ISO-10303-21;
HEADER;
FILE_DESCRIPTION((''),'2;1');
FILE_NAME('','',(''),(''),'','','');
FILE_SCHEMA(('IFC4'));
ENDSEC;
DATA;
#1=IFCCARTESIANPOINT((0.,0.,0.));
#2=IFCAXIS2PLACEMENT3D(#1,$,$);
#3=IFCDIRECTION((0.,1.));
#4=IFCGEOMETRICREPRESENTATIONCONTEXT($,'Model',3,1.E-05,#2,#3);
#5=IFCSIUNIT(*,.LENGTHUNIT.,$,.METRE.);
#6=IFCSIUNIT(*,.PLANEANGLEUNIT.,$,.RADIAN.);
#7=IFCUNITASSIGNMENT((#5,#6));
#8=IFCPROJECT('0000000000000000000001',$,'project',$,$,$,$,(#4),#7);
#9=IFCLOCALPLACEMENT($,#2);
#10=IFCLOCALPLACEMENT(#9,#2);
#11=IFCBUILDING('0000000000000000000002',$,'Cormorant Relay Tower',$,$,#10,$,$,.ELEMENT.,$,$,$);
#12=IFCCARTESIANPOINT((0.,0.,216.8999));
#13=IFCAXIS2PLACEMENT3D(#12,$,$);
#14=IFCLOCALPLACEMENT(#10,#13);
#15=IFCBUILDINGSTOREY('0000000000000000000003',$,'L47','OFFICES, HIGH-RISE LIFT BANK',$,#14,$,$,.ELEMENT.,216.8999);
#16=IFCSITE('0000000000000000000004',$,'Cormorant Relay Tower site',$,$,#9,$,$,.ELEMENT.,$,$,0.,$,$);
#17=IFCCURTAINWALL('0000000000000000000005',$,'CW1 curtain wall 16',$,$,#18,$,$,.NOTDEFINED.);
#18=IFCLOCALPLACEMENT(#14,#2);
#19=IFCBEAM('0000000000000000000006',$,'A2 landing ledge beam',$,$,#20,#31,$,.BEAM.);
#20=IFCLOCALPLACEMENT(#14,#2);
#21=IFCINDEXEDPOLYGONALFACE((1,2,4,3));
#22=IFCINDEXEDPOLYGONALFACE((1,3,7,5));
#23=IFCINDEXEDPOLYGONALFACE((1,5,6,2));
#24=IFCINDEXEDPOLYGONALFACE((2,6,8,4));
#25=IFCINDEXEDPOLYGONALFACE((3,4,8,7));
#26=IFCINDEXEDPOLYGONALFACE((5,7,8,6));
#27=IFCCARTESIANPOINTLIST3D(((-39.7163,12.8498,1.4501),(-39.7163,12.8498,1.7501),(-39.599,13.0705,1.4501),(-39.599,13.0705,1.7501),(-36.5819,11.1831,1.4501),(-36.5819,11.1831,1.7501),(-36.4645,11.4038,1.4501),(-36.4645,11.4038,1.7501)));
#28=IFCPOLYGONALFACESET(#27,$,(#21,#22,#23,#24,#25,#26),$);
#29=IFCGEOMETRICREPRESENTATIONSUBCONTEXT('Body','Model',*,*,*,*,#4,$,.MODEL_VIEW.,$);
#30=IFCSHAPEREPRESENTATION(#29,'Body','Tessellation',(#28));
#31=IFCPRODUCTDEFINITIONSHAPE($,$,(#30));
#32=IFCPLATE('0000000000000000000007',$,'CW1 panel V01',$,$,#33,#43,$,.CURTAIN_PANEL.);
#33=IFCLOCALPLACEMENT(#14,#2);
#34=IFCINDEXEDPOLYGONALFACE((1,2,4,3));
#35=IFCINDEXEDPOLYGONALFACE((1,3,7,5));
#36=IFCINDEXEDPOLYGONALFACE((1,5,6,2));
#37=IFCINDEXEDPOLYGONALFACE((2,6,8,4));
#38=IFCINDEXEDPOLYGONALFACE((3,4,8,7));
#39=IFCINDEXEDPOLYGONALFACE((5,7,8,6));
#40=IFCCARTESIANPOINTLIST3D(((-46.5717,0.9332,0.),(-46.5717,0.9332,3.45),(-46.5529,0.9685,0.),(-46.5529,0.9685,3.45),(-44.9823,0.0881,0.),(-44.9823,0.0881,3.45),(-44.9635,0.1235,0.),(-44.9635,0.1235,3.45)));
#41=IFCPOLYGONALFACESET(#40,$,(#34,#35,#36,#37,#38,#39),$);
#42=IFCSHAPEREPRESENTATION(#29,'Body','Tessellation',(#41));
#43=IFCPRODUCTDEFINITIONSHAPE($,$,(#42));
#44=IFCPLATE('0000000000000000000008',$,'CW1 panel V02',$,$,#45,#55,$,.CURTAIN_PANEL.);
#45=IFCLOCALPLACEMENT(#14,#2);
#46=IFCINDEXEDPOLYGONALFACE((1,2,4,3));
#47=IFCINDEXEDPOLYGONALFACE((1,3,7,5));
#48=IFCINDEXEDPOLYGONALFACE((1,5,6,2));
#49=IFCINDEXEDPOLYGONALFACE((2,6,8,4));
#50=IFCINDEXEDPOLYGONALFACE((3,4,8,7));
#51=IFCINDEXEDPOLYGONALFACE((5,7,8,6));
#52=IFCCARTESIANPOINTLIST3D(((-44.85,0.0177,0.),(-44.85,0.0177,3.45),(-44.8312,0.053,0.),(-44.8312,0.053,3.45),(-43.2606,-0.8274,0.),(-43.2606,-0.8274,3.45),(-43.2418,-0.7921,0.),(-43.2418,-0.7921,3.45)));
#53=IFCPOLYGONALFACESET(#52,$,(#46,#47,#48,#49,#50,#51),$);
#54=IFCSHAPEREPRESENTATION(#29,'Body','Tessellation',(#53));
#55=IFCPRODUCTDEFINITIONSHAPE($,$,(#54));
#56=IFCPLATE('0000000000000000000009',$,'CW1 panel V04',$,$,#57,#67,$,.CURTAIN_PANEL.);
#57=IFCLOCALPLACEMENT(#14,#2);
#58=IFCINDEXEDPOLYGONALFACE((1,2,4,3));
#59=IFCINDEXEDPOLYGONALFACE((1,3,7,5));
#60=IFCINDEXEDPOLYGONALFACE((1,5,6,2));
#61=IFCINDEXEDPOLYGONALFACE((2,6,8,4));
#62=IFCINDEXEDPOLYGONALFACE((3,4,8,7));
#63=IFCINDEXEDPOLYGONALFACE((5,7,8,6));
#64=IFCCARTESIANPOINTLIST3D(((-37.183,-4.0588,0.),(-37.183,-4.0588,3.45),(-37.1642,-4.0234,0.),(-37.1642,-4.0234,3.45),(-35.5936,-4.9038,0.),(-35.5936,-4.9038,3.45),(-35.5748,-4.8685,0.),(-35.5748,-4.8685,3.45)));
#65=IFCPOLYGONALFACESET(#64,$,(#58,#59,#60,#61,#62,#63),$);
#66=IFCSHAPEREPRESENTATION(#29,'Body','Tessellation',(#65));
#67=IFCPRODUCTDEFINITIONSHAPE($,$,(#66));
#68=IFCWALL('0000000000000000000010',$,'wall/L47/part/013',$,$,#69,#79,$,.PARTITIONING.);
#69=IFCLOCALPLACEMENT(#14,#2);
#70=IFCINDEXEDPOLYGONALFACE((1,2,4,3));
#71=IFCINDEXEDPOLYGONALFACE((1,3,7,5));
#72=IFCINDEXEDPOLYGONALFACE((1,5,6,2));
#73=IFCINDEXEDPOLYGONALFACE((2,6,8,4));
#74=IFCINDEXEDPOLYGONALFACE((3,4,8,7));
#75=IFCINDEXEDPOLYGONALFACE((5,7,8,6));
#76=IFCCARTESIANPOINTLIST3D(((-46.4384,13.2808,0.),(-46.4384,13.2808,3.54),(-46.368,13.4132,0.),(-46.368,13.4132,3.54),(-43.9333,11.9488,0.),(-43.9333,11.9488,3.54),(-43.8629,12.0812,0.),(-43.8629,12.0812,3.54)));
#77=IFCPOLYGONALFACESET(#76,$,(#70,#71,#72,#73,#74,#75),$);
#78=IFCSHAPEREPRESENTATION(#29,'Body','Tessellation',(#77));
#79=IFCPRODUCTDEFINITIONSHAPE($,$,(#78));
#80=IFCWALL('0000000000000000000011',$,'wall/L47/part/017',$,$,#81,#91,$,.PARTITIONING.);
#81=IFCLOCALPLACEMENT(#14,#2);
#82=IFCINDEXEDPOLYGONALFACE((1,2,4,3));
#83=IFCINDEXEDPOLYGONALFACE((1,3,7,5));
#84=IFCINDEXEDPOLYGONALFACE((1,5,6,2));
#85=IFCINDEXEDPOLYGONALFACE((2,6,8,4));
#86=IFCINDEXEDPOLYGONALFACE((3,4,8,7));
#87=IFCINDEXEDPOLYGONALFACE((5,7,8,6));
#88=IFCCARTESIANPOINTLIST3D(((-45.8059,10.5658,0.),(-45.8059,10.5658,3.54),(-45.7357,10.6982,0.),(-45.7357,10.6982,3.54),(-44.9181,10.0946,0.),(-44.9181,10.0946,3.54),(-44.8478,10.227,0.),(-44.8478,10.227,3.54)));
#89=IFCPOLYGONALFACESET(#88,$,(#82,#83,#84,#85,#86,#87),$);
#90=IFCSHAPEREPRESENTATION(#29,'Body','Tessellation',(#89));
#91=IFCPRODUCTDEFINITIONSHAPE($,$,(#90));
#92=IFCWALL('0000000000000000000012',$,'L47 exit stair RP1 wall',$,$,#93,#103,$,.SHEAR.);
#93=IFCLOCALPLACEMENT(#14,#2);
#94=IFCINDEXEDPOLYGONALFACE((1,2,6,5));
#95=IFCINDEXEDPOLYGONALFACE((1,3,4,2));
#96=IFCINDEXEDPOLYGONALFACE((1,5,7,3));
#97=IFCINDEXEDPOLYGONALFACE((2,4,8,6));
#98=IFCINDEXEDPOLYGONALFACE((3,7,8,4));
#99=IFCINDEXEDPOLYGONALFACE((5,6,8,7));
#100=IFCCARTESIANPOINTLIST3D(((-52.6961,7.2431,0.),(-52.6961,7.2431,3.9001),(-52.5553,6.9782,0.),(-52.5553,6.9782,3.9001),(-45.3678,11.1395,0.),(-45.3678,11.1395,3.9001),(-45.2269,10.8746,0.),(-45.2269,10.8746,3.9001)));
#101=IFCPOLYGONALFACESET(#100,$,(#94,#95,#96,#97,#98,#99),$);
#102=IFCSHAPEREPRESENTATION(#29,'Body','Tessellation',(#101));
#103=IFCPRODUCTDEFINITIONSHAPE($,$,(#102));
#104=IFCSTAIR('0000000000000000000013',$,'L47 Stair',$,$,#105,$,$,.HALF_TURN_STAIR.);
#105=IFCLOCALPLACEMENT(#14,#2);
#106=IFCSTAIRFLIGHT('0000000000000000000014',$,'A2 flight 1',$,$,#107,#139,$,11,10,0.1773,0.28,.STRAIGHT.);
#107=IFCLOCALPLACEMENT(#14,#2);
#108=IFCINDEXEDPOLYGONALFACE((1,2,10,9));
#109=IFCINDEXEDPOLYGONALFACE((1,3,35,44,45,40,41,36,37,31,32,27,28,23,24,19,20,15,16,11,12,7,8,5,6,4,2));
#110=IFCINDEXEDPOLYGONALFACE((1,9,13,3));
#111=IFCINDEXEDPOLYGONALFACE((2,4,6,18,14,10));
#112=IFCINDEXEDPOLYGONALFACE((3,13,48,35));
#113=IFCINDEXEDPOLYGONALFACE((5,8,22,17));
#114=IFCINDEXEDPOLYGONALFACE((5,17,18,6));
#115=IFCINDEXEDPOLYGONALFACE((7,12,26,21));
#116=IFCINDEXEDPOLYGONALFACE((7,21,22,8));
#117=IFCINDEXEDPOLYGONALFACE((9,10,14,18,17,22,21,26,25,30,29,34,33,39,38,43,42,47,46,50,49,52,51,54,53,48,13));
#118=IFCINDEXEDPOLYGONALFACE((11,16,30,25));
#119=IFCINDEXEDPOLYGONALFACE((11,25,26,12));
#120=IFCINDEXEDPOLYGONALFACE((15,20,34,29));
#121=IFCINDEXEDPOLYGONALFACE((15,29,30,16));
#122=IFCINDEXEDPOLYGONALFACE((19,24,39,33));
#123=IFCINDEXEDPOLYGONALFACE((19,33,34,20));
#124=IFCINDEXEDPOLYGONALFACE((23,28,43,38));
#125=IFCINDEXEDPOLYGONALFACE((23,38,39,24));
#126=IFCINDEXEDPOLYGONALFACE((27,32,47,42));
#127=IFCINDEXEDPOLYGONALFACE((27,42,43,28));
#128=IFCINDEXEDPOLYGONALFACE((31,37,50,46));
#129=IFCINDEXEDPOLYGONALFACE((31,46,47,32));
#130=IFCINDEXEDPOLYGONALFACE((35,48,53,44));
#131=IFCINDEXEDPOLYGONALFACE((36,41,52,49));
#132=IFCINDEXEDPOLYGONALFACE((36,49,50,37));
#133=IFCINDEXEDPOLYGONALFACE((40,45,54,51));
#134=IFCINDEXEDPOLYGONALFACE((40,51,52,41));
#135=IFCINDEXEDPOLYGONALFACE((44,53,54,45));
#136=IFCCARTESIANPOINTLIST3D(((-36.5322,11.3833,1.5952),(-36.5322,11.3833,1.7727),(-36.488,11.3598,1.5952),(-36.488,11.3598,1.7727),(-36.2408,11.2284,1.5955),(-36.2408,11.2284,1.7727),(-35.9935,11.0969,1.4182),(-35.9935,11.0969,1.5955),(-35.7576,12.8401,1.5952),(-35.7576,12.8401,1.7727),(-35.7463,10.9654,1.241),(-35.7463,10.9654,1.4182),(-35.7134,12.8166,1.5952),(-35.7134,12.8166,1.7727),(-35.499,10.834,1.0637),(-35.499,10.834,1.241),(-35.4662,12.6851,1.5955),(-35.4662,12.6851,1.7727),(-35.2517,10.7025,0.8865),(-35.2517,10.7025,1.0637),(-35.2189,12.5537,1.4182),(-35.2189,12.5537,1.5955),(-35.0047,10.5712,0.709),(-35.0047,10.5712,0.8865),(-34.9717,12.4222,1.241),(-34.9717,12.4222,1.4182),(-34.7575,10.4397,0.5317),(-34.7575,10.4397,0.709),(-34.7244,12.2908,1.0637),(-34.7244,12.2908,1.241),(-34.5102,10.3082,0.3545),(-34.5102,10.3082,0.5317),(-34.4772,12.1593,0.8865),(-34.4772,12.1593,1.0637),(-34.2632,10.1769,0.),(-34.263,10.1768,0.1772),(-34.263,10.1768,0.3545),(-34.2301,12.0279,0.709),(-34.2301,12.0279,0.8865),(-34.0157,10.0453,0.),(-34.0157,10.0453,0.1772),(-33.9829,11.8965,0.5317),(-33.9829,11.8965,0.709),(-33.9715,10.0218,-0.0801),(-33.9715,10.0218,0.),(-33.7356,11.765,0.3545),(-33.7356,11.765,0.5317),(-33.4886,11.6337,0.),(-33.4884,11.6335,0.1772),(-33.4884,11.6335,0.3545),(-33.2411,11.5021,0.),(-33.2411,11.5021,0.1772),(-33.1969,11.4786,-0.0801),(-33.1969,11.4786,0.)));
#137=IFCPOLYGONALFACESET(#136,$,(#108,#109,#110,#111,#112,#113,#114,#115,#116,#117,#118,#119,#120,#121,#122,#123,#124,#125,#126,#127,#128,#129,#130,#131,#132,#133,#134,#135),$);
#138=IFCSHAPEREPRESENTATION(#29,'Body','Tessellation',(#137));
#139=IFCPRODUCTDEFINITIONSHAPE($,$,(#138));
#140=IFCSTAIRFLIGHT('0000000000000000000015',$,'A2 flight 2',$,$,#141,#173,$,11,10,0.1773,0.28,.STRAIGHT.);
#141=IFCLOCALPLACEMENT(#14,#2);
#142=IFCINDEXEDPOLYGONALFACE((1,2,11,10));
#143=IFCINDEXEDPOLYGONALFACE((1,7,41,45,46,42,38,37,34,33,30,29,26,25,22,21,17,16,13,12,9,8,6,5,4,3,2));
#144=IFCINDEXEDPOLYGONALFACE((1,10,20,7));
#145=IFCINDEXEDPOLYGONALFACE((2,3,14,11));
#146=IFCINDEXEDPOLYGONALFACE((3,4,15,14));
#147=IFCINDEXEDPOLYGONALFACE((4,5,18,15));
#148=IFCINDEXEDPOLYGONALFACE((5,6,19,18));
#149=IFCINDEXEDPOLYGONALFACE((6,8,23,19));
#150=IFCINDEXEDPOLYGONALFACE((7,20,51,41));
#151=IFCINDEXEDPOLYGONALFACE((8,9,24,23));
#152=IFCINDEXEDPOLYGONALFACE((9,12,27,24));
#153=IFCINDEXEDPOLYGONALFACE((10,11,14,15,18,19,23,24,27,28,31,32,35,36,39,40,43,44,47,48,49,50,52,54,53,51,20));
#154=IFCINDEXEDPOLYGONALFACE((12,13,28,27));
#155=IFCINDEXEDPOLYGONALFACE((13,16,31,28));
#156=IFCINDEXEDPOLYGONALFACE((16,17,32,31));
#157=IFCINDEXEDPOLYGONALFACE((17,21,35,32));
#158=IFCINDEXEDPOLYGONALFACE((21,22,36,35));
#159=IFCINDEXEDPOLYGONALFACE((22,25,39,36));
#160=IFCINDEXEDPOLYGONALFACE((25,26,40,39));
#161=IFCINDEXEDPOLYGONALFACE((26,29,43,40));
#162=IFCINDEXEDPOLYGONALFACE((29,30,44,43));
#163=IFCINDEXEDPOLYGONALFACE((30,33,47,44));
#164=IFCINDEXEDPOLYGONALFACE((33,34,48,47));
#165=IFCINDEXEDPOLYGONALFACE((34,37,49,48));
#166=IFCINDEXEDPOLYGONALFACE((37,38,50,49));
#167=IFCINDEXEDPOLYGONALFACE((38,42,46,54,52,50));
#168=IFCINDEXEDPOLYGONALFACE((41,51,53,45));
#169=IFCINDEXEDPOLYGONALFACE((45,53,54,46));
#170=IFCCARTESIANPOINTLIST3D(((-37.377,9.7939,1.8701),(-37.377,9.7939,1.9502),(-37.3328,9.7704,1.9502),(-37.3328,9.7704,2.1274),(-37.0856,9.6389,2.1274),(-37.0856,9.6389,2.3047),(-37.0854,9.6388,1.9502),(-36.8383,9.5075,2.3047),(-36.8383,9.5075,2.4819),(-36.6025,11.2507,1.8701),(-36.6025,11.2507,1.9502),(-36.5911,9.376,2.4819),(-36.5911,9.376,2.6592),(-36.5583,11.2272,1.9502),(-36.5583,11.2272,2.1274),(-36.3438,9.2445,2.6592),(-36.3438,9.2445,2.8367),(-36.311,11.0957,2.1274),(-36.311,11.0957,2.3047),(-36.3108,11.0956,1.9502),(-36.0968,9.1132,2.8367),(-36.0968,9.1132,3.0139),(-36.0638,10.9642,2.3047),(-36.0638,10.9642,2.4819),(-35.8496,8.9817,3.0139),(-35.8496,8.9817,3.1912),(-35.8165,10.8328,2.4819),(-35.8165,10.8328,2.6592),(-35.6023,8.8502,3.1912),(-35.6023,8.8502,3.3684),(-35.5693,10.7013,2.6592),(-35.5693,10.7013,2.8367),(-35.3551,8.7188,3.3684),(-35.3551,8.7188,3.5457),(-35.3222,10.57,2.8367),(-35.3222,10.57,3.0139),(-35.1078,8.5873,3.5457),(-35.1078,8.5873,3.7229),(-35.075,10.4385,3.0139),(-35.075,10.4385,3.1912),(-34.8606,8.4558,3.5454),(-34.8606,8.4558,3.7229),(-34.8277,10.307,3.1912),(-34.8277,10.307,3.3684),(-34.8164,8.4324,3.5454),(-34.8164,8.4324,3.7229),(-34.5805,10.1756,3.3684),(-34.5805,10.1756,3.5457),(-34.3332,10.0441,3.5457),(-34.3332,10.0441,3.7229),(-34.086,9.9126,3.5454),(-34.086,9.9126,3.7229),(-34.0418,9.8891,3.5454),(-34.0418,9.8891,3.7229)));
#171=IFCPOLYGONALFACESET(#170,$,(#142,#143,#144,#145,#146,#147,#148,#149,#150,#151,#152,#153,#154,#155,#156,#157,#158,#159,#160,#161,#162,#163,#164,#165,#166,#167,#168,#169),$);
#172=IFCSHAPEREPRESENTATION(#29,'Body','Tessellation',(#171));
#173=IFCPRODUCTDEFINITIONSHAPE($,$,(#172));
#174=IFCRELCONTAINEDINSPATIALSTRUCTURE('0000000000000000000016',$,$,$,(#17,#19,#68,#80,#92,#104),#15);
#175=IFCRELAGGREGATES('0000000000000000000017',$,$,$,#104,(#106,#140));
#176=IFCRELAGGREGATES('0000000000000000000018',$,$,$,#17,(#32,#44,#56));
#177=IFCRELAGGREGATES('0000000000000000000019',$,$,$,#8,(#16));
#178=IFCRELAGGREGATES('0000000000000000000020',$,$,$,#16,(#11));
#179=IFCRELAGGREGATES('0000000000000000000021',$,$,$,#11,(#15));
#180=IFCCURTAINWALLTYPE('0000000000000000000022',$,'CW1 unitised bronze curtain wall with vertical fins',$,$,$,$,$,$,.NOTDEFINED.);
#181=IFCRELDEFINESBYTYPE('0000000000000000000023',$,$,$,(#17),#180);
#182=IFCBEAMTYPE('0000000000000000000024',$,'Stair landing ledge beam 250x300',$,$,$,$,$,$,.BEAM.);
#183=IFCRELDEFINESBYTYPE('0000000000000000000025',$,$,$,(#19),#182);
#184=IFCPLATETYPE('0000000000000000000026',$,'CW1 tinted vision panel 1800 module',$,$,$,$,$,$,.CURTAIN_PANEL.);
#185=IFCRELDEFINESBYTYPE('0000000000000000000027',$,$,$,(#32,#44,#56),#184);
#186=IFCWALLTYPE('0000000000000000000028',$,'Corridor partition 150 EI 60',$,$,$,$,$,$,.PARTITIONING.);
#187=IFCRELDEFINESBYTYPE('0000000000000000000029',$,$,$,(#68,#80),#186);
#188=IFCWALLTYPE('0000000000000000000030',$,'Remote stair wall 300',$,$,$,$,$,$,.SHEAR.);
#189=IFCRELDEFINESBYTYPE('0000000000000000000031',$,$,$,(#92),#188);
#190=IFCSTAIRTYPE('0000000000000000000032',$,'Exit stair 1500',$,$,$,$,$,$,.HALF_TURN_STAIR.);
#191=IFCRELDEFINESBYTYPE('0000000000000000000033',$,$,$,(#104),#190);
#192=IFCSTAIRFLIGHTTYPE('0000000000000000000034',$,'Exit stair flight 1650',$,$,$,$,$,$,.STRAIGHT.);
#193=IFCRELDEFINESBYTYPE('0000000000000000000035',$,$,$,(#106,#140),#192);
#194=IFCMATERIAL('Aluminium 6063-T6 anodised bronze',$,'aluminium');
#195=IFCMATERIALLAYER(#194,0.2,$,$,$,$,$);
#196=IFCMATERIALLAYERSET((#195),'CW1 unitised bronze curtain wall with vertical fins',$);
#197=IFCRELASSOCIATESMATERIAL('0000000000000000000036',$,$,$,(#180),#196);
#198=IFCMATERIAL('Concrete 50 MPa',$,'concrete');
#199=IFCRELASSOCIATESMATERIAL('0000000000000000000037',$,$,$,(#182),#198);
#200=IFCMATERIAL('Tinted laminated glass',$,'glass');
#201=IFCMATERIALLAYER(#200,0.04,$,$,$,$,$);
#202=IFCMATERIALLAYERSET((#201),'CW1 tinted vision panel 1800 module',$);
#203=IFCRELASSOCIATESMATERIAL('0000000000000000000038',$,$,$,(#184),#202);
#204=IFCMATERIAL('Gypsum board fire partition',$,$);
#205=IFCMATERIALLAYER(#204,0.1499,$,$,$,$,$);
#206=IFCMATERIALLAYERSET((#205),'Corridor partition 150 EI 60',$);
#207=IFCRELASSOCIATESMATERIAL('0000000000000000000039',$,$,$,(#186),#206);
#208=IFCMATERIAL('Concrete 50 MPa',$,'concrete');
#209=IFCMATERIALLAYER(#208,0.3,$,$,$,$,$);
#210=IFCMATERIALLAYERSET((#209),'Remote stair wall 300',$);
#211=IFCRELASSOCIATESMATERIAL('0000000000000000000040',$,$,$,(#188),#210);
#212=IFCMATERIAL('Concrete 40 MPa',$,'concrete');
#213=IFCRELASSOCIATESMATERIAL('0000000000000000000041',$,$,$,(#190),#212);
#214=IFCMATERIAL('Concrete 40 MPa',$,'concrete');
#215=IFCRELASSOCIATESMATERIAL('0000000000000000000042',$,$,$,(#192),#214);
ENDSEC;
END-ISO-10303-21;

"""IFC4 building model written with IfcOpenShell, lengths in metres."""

from ifc_helpers import new_model, si_unit, direction, frame, frame_2d, origin, origin_2d, place, context, subcontext, project, spatial, polyline, rectangle, outline, extrude, material, layer, layer_set, material_profile, profile_set, type_object, element, aggregate, save


model = new_model("IFC4")

# Units and contexts
model_context = context("Model", 3, precision=1e-05, world=origin(), true_north=direction((0.0, 1.0)))
body_context = subcontext(model_context, "Body", "Model", "MODEL_VIEW")
ifc_project = project(units=[si_unit("LENGTHUNIT", "METRE"), si_unit("PLANEANGLEUNIT", "RADIAN")], contexts=[model_context])

# Site, building, storey
site_placement = place(None, origin())
site = spatial("IfcSite", under=ifc_project, at=site_placement, Name="Cormorant Relay Tower site", CompositionType="ELEMENT", RefElevation=0.0)
building_placement = place(site_placement, origin())
building = spatial("IfcBuilding", under=site, at=building_placement, Name="Cormorant Relay Tower", CompositionType="ELEMENT")
storey_placement = place(building_placement, frame((0.0, 0.0, 216.8999)))
storey = spatial("IfcBuildingStorey", under=building, at=storey_placement, Name="L47", Description="OFFICES, HIGH-RISE LIFT BANK", CompositionType="ELEMENT", Elevation=216.8999)

# Curtain wall
ifc_material_1 = material(Name="Aluminium 6063-T6 anodised bronze", Category="aluminium")
ifc_layer_1 = layer(ifc_material_1, 0.2)
ifc_layer_set_1 = layer_set([ifc_layer_1], Name="CW1 unitised bronze curtain wall with vertical fins")
curtain_wall_type = type_object("IfcCurtainWallType", Name="CW1 unitised bronze curtain wall with vertical fins", PredefinedType="NOTDEFINED", material=ifc_layer_set_1)
curtain_wall_placement = place(storey_placement, origin())
curtain_wall = element("IfcCurtainWall", 1, at=curtain_wall_placement, inside=storey, type_object=curtain_wall_type, Name="CW1 curtain wall 16", PredefinedType="NOTDEFINED")

# Beam
ifc_material_2 = material(Name="Concrete 50 MPa", Category="concrete")
ifc_material_profile_1 = material_profile(ifc_material_2, rectangle(XDim=0.25, YDim=0.3, at=origin_2d()), Name="RC 250x300")
ifc_profile_set_1 = profile_set([ifc_material_profile_1], Name="Concrete 50 MPa")
beam_type_1 = type_object("IfcBeamType", Name="Stair landing ledge beam 250x300", PredefinedType="BEAM", material=ifc_profile_set_1)
beam_1_placement = place(storey_placement, frame((-36.5232, 11.2935, 1.6001), z_axis=(-0.882937, 0.469492, 0.0), x_axis=(-0.469492, -0.882937, 0.0)))
element("IfcBeam", 2, at=beam_1_placement, inside=storey, type_object=beam_type_1, Name="A2 landing ledge beam", PredefinedType="BEAM", context=body_context, shape_type="SweptSolid", body=[
    extrude(rectangle(XDim=0.25, YDim=0.3, at=origin_2d()), origin(), (0.0, 0.0, 1.0), 3.55),
])

# Plates
ifc_material_3 = material(Name="Tinted laminated glass", Category="glass")
ifc_layer_2 = layer(ifc_material_3, 0.04)
ifc_layer_set_2 = layer_set([ifc_layer_2], Name="CW1 tinted vision panel 1800 module")
plate_type = type_object("IfcPlateType", Name="CW1 tinted vision panel 1800 module", PredefinedType="CURTAIN_PANEL", material=ifc_layer_set_2)
plate_1_placement = place(storey_placement, frame((-45.7676, 0.5283, 0.0), z_axis=(0.0, 0.0, 1.0), x_axis=(0.882948, -0.469472, 0.0)))
plate_1 = element("IfcPlate", 3, at=plate_1_placement, type_object=plate_type, Name="CW1 panel V01", PredefinedType="CURTAIN_PANEL", context=body_context, shape_type="SweptSolid", body=[
    extrude(rectangle(XDim=1.8, YDim=0.04, at=origin_2d()), origin(), (0.0, 0.0, 1.0), 3.45),
])
plate_2_placement = place(storey_placement, frame((-44.0459, -0.3872, 0.0), z_axis=(0.0, 0.0, 1.0), x_axis=(0.882948, -0.469472, 0.0)))
plate_2 = element("IfcPlate", 4, at=plate_2_placement, type_object=plate_type, Name="CW1 panel V02", PredefinedType="CURTAIN_PANEL", context=body_context, shape_type="SweptSolid", body=[
    extrude(rectangle(XDim=1.8, YDim=0.04, at=origin_2d()), origin(), (0.0, 0.0, 1.0), 3.45),
])
plate_3_placement = place(storey_placement, frame((-36.3789, -4.4636, 0.0), z_axis=(0.0, 0.0, 1.0), x_axis=(0.882948, -0.469472, 0.0)))
plate_3 = element("IfcPlate", 5, at=plate_3_placement, type_object=plate_type, Name="CW1 panel V04", PredefinedType="CURTAIN_PANEL", context=body_context, shape_type="SweptSolid", body=[
    extrude(rectangle(XDim=1.8, YDim=0.04, at=origin_2d()), origin(), (0.0, 0.0, 1.0), 3.45),
])

# Walls
ifc_material_4 = material(Name="Gypsum board fire partition")
ifc_layer_3 = layer(ifc_material_4, 0.1499)
ifc_layer_set_3 = layer_set([ifc_layer_3], Name="Corridor partition 150 EI 60")
wall_type_1 = type_object("IfcWallType", Name="Corridor partition 150 EI 60", PredefinedType="PARTITIONING", material=ifc_layer_set_3)
wall_1_placement = place(storey_placement, frame((-46.4031, 13.3469, 0.0), z_axis=(0.0, 0.0, 1.0), x_axis=(0.882943, -0.46948, 0.0)))
element("IfcWall", 6, at=wall_1_placement, inside=storey, type_object=wall_type_1, Name="wall/L47/part/013", PredefinedType="PARTITIONING", context=body_context, shape_type="SweptSolid", body=[
    extrude(rectangle(XDim=2.8372, YDim=0.1499, at=frame_2d((1.4185, 0.0))), origin(), (0.0, 0.0, 1.0), 3.54),
])
wall_2_placement = place(storey_placement, frame((-44.8831, 10.1609, 0.0), z_axis=(0.0, 0.0, 1.0), x_axis=(-0.883333, 0.468747, 0.0)))
element("IfcWall", 7, at=wall_2_placement, inside=storey, type_object=wall_type_1, Name="wall/L47/part/017", PredefinedType="PARTITIONING", context=body_context, shape_type="SweptSolid", body=[
    extrude(rectangle(XDim=1.0051, YDim=0.1499, at=frame_2d((0.5024, 0.0))), origin(), (0.0, 0.0, 1.0), 3.54),
])
ifc_material_5 = material(Name="Concrete 50 MPa", Category="concrete")
ifc_layer_4 = layer(ifc_material_5, 0.3)
ifc_layer_set_4 = layer_set([ifc_layer_4], Name="Remote stair wall 300")
wall_type_2 = type_object("IfcWallType", Name="Remote stair wall 300", PredefinedType="SHEAR", material=ifc_layer_set_4)
wall_3_placement = place(storey_placement, frame((-45.2974, 11.0071, 0.0), z_axis=(0.0, 0.0, 1.0), x_axis=(-0.882952, -0.469464, 0.0)))
element("IfcWall", 8, at=wall_3_placement, inside=storey, type_object=wall_type_2, Name="L47 exit stair RP1 wall", PredefinedType="SHEAR", context=body_context, shape_type="SweptSolid", body=[
    extrude(rectangle(XDim=8.2998, YDim=0.3, at=frame_2d((4.1499, 0.0))), origin(), (0.0, 0.0, 1.0), 3.9001),
])

# Stair, stair flights
ifc_material_6 = material(Name="Concrete 40 MPa", Category="concrete")
stair_type = type_object("IfcStairType", Name="Exit stair 1500", PredefinedType="HALF_TURN_STAIR", material=ifc_material_6)
stair_placement = place(storey_placement, origin())
stair = element("IfcStair", 9, at=stair_placement, inside=storey, type_object=stair_type, Name="L47 Stair", PredefinedType="HALF_TURN_STAIR")
ifc_material_7 = material(Name="Concrete 40 MPa", Category="concrete")
stair_flight_type = type_object("IfcStairFlightType", Name="Exit stair flight 1650", PredefinedType="STRAIGHT", material=ifc_material_7)
stair_flight_1_placement = place(storey_placement, frame((-33.6284, 10.7737, 0.0), z_axis=(0.0, 0.0, 1.0), x_axis=(-0.882948, 0.469472, 0.0)))
stair_flight_1 = element("IfcStairFlight", 10, at=stair_flight_1_placement, type_object=stair_flight_type, Name="A2 flight 1", NumberOfRisers=11, NumberOfTreads=10, PredefinedType="STRAIGHT", RiserHeight=0.1773, TreadLength=0.28, context=body_context, shape_type="SweptSolid", body=[
    extrude(outline(polyline([(-0.05, -0.0801), (-0.05, 0.0), (0.0, 0.0), (0.0, 0.1772), (0.28, 0.1772), (0.28, 0.3545), (0.5601, 0.3545), (0.5601, 0.5317), (0.8401, 0.5317), (0.8401, 0.709), (1.1201, 0.709), (1.1201, 0.8865), (1.3999, 0.8865), (1.3999, 1.0637), (1.6799, 1.0637), (1.6799, 1.241), (1.96, 1.241), (1.96, 1.4182), (2.24, 1.4182), (2.24, 1.5955), (2.52, 1.5955), (2.52, 1.7727), (2.8, 1.7727), (2.8501, 1.7727), (2.8501, 1.5952), (2.8, 1.5952), (0.2803, 0.0), (-0.05, -0.0801)])), frame((0.0, 0.825, 0.0), z_axis=(0.0, -1.0, 0.0), x_axis=(1.0, 0.0, 0.0)), (0.0, 0.0, 1.0), 1.6499),
])
stair_flight_2_placement = place(storey_placement, frame((-36.9456, 10.4988, 1.9502), z_axis=(0.0, 0.0, 1.0), x_axis=(0.882948, -0.469472, 0.0)))
stair_flight_2 = element("IfcStairFlight", 11, at=stair_flight_2_placement, type_object=stair_flight_type, Name="A2 flight 2", NumberOfRisers=11, NumberOfTreads=10, PredefinedType="STRAIGHT", RiserHeight=0.1773, TreadLength=0.28, context=body_context, shape_type="SweptSolid", body=[
    extrude(outline(polyline([(-0.05, -0.0801), (-0.05, 0.0), (0.0, 0.0), (0.0, 0.1772), (0.28, 0.1772), (0.28, 0.3545), (0.5601, 0.3545), (0.5601, 0.5317), (0.8401, 0.5317), (0.8401, 0.709), (1.1201, 0.709), (1.1201, 0.8865), (1.3999, 0.8865), (1.3999, 1.0637), (1.6799, 1.0637), (1.6799, 1.241), (1.96, 1.241), (1.96, 1.4182), (2.24, 1.4182), (2.24, 1.5955), (2.52, 1.5955), (2.52, 1.7727), (2.8, 1.7727), (2.8501, 1.7727), (2.8501, 1.5952), (2.8, 1.5952), (0.2803, 0.0), (-0.05, -0.0801)])), frame((0.0, 0.825, 0.0), z_axis=(0.0, -1.0, 0.0), x_axis=(1.0, 0.0, 0.0)), (0.0, 0.0, 1.0), 1.6499),
])
aggregate(stair, [stair_flight_1, stair_flight_2])

aggregate(curtain_wall, [plate_1, plate_2, plate_3])

save(model, "model.ifc")
